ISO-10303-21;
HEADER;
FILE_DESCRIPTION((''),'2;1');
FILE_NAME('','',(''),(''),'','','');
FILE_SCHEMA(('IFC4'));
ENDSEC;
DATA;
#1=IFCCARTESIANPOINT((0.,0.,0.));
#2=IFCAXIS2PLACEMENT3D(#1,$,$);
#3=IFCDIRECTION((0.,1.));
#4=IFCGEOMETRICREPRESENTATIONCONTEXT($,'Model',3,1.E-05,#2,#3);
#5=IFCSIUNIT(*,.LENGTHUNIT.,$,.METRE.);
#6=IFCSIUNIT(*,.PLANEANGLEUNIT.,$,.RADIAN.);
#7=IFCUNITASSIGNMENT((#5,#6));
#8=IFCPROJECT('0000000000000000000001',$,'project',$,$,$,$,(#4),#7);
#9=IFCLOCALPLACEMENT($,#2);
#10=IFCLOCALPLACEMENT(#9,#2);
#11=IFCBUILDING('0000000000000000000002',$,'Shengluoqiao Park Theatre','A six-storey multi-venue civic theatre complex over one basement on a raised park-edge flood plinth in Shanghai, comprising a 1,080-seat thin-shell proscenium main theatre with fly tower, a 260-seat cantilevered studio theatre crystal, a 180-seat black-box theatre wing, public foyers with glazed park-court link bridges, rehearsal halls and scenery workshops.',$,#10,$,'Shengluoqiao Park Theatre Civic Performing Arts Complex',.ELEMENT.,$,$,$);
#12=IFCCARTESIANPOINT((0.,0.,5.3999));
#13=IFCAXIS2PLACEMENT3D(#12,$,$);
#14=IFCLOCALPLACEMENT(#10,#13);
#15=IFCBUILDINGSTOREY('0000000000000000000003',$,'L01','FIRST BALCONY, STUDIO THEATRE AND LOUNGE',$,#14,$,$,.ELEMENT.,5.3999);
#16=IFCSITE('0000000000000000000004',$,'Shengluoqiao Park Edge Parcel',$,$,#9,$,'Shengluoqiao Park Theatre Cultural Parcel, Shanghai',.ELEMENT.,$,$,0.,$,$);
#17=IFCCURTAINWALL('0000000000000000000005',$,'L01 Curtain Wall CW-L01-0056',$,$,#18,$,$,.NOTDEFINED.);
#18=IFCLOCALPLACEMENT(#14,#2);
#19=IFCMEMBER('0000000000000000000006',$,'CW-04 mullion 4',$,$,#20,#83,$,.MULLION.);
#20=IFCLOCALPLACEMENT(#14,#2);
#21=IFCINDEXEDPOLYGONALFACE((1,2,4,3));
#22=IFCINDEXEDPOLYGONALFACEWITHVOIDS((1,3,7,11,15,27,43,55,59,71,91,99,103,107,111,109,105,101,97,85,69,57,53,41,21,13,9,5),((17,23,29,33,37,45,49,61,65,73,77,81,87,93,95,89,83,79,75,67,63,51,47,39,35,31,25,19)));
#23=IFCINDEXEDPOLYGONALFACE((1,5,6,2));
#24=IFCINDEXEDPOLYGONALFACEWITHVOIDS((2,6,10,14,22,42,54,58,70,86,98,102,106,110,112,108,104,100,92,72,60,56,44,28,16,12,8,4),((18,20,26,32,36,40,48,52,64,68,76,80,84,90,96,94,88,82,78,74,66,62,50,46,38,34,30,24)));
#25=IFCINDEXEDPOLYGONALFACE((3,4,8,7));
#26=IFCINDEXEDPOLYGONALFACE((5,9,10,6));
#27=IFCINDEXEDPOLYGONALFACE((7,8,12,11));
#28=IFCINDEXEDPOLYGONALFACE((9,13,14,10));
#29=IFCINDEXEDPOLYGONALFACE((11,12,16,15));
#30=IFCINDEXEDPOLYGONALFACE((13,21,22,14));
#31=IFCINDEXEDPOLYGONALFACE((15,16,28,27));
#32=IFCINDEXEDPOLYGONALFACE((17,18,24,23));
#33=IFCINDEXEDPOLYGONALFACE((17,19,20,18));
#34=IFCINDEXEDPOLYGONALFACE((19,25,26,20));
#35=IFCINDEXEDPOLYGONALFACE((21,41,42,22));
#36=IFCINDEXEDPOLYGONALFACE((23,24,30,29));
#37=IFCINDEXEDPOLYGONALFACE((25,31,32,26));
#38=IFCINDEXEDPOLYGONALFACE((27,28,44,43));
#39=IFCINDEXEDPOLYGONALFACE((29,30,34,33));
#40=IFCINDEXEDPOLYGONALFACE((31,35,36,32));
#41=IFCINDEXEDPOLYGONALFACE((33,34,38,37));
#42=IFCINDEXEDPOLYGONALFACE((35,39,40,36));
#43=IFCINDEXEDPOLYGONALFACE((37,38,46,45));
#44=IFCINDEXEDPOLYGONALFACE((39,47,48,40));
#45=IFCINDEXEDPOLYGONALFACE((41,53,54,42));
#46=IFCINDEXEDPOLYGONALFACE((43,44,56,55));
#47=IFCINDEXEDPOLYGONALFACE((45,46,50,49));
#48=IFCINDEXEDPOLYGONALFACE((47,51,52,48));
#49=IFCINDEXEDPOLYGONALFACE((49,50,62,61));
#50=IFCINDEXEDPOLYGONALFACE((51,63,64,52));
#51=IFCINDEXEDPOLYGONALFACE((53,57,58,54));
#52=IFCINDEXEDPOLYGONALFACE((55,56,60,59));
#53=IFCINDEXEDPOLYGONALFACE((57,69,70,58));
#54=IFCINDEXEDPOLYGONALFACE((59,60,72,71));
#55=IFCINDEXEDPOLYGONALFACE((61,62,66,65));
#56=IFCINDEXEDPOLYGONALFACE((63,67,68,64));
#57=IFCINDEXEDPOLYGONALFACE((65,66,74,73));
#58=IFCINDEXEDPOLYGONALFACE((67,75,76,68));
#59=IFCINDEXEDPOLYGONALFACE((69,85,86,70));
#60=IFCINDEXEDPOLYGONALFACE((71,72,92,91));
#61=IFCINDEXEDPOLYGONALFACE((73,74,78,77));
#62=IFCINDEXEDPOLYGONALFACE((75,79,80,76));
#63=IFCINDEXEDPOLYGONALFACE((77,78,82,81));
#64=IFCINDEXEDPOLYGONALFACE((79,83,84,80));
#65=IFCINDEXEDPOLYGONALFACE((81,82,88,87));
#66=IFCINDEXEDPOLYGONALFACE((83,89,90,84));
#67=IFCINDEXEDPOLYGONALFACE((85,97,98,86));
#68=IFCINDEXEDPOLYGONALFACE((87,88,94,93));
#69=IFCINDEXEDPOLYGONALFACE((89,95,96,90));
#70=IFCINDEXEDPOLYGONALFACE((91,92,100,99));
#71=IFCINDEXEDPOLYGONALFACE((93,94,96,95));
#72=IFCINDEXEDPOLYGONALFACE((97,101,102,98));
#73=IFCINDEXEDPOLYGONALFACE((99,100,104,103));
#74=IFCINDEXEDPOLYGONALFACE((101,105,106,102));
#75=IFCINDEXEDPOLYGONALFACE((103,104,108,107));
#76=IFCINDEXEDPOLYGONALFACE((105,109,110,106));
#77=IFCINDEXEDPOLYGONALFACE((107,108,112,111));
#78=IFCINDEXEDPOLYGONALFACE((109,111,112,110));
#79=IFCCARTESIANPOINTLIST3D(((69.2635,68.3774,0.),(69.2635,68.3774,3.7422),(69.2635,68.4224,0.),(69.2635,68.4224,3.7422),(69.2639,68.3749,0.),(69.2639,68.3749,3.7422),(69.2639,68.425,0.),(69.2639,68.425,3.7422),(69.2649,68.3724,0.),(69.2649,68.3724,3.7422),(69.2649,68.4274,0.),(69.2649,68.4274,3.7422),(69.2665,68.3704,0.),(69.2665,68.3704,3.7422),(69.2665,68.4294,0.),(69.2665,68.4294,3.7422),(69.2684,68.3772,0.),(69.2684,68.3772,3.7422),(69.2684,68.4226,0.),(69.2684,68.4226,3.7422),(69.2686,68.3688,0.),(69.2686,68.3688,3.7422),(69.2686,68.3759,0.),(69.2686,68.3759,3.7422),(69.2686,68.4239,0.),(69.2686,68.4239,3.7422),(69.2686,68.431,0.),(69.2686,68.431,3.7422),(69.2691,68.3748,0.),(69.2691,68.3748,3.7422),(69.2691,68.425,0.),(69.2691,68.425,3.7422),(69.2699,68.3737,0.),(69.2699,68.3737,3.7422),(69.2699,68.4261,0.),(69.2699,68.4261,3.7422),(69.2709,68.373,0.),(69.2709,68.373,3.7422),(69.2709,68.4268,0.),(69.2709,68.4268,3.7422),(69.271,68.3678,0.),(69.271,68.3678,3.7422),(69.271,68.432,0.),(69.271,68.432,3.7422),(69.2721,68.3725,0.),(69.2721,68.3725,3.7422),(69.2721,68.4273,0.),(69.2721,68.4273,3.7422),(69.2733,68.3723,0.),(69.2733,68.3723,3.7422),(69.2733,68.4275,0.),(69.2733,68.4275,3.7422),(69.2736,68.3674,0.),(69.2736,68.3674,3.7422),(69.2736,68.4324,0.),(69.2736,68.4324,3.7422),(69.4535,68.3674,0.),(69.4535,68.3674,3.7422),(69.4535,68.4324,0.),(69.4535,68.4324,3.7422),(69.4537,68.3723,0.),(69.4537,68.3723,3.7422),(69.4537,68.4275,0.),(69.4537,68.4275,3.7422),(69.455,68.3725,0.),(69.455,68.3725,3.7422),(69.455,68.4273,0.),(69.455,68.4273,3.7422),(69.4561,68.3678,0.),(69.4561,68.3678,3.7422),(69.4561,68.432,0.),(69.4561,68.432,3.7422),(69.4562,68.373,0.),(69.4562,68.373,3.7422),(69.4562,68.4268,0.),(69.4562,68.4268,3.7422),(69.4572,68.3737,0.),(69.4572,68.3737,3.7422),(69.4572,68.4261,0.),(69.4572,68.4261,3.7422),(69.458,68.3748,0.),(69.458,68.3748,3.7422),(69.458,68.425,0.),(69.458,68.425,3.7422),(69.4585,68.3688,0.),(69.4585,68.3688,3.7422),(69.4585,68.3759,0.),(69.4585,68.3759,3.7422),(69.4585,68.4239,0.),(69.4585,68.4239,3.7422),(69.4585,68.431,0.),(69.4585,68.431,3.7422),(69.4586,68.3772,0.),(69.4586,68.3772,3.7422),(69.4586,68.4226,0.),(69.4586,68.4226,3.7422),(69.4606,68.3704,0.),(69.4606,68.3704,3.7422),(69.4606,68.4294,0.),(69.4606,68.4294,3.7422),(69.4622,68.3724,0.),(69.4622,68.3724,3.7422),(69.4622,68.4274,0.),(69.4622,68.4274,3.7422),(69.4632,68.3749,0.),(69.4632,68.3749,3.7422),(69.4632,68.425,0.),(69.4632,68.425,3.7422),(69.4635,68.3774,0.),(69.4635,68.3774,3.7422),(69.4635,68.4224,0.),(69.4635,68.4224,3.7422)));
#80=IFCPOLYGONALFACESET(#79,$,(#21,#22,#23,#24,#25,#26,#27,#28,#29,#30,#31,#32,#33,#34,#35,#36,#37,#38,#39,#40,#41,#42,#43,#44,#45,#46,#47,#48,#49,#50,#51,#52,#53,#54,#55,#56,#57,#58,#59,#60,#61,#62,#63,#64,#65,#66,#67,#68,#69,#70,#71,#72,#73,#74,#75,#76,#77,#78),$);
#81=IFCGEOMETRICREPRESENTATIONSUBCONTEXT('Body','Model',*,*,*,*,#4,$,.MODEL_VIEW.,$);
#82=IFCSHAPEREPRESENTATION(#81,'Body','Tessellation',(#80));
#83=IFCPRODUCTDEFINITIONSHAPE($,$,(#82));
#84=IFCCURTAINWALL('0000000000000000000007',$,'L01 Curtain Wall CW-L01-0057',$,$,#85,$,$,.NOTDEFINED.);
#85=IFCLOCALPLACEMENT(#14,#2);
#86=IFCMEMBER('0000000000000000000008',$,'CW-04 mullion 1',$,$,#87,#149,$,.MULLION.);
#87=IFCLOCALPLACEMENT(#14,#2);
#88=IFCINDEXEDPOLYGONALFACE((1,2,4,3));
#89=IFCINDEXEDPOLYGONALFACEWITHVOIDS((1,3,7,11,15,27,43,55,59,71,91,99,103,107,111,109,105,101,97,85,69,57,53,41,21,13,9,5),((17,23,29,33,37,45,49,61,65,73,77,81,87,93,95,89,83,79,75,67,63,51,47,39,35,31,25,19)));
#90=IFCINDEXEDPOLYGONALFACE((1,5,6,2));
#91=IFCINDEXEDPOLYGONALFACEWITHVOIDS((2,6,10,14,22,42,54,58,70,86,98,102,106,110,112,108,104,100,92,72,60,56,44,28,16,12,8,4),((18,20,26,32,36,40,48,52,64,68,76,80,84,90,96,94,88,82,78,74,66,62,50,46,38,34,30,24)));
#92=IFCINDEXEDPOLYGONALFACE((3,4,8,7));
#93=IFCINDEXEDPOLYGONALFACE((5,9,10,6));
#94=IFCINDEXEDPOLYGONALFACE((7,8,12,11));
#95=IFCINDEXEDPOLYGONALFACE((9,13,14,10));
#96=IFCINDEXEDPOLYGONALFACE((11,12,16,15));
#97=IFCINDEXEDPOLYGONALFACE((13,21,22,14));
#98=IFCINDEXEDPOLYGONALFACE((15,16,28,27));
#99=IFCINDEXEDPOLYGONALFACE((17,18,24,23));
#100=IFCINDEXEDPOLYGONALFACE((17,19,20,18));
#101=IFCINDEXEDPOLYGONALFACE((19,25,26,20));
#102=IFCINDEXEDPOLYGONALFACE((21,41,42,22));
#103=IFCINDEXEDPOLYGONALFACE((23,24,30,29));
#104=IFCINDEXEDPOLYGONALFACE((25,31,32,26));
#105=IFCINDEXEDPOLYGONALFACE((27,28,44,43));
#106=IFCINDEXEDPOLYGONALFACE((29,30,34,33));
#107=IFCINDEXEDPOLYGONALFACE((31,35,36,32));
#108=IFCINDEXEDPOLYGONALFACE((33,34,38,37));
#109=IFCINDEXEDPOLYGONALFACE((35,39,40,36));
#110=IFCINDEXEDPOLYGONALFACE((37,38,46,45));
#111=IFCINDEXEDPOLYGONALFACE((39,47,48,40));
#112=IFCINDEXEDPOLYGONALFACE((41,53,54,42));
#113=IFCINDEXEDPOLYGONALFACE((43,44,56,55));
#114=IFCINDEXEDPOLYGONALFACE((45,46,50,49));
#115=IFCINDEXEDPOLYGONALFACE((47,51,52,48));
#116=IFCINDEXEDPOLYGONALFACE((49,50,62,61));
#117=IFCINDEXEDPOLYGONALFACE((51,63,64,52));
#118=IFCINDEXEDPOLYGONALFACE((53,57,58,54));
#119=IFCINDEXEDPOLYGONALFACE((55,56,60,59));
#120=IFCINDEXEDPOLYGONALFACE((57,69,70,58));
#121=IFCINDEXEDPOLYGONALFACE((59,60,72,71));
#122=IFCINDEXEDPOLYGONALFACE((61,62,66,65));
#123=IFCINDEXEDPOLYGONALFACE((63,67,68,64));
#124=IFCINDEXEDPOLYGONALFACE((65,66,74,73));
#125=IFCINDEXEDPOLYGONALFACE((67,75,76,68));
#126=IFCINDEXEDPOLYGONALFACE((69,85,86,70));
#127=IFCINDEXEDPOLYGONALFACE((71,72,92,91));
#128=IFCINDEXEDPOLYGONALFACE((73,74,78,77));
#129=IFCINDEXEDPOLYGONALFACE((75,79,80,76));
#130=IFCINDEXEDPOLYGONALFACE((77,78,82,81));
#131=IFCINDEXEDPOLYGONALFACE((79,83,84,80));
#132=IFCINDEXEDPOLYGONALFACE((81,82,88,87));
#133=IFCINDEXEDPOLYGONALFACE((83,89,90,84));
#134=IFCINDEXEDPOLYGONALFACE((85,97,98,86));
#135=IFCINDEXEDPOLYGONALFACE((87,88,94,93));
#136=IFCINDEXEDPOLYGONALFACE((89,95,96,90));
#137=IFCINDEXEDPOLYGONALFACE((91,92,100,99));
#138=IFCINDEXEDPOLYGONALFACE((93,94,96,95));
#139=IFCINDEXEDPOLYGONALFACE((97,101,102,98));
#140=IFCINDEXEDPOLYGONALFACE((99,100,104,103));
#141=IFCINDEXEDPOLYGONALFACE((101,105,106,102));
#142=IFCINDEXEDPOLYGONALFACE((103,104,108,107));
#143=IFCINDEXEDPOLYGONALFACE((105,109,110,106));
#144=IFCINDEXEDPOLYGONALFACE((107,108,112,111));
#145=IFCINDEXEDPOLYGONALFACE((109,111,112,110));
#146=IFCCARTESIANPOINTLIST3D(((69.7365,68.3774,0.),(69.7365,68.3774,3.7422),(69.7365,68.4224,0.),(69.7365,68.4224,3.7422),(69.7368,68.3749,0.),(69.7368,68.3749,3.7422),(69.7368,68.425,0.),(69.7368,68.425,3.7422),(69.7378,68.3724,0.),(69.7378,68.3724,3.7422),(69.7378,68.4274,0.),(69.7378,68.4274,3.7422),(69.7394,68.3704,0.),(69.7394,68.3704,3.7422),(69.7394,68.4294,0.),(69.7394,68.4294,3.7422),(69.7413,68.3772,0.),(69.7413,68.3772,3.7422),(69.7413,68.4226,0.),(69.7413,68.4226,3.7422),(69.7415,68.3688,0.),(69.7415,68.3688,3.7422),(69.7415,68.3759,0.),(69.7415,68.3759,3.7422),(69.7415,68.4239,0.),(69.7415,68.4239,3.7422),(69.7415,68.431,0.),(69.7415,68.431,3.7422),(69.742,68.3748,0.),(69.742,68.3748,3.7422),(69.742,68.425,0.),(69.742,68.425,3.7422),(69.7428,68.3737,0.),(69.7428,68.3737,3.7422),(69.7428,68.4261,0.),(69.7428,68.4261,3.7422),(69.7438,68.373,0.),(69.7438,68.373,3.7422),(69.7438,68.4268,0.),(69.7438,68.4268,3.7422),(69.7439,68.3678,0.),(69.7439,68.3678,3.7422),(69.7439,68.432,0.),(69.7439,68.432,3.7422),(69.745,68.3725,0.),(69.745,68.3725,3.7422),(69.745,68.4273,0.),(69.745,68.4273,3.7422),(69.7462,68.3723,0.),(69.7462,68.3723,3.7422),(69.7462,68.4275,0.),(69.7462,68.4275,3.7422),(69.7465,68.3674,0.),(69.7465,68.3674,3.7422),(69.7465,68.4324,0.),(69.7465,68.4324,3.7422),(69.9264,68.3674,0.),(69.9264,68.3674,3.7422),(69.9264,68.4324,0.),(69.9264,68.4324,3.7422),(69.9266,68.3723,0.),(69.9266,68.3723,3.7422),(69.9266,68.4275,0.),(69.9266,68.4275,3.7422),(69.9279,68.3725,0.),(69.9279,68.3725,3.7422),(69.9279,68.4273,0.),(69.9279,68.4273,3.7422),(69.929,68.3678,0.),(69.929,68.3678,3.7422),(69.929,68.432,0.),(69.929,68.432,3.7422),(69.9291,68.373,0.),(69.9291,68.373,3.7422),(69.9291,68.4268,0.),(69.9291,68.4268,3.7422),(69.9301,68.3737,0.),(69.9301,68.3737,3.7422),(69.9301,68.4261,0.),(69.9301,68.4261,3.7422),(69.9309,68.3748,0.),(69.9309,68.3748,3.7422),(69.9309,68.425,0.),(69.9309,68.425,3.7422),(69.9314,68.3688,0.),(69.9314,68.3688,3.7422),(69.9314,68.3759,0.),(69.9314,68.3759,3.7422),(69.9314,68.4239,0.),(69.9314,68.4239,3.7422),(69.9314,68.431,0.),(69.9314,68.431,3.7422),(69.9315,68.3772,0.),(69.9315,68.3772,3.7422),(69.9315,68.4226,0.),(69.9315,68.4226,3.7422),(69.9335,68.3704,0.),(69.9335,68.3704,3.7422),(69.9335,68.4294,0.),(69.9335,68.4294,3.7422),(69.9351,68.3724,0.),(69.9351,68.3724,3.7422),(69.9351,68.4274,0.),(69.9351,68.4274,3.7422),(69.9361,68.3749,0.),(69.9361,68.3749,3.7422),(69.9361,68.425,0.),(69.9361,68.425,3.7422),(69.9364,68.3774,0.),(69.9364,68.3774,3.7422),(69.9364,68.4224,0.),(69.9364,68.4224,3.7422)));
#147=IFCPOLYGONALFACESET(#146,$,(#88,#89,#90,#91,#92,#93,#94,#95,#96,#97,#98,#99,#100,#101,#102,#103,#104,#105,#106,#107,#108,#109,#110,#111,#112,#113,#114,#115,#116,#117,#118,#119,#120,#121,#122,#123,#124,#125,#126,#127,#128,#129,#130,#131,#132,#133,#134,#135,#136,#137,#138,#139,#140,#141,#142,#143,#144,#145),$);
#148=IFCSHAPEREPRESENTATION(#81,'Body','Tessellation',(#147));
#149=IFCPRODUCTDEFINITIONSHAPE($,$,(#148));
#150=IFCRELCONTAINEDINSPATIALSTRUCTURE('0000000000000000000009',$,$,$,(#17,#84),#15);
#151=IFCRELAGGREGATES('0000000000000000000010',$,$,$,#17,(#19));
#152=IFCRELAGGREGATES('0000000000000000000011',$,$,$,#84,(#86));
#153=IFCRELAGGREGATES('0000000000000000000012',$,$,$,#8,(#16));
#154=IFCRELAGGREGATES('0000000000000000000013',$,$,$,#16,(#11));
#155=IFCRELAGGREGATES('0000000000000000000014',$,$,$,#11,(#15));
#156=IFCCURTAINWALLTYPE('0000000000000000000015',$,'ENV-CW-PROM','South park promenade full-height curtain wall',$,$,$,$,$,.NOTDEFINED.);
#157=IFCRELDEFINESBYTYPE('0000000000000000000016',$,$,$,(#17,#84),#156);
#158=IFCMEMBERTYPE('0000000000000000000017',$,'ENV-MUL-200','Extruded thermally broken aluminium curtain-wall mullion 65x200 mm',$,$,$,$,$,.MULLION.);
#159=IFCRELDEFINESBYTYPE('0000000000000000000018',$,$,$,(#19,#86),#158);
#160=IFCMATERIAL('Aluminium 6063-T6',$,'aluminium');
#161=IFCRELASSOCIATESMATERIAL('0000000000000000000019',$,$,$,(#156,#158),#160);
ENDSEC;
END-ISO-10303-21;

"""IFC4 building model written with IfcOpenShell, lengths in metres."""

from ifc_helpers import new_model, si_unit, direction, frame, origin, origin_2d, place, context, subcontext, project, spatial, hollow_rectangle, extrude, material, material_profile, profile_set, type_object, element, aggregate, save


model = new_model("IFC4")

# Units and contexts
model_context = context("Model", 3, precision=1e-05, world=origin(), true_north=direction((0.0, 1.0)))
body_context = subcontext(model_context, "Body", "Model", "MODEL_VIEW")
ifc_project = project(units=[si_unit("LENGTHUNIT", "METRE"), si_unit("PLANEANGLEUNIT", "RADIAN")], contexts=[model_context])

# Site, building, storey
site_placement = place(None, origin())
site = spatial("IfcSite", under=ifc_project, at=site_placement, Name="Shengluoqiao Park Edge Parcel", LongName="Shengluoqiao Park Theatre Cultural Parcel, Shanghai", CompositionType="ELEMENT", RefElevation=0.0)
building_placement = place(site_placement, origin())
building = spatial("IfcBuilding", under=site, at=building_placement, Name="Shengluoqiao Park Theatre", Description="A six-storey multi-venue civic theatre complex over one basement on a raised park-edge flood plinth in Shanghai, comprising a 1,080-seat thin-shell proscenium main theatre with fly tower, a 260-seat cantilevered studio theatre crystal, a 180-seat black-box theatre wing, public foyers with glazed park-court link bridges, rehearsal halls and scenery workshops.", LongName="Shengluoqiao Park Theatre Civic Performing Arts Complex", CompositionType="ELEMENT")
storey_placement = place(building_placement, frame((0.0, 0.0, 5.3999)))
storey = spatial("IfcBuildingStorey", under=building, at=storey_placement, Name="L01", Description="FIRST BALCONY, STUDIO THEATRE AND LOUNGE", CompositionType="ELEMENT", Elevation=5.3999)

# Shared definitions
ifc_material_1 = material(Name="Aluminium 6063-T6", Category="aluminium")

# Curtain wall, member
curtain_wall_type_1 = type_object("IfcCurtainWallType", Name="ENV-CW-PROM", Description="South park promenade full-height curtain wall", PredefinedType="NOTDEFINED", material=ifc_material_1)
curtain_wall_1_placement = place(storey_placement, origin())
curtain_wall_1 = element("IfcCurtainWall", 1, at=curtain_wall_1_placement, inside=storey, type_object=curtain_wall_type_1, Name="L01 Curtain Wall CW-L01-0056", PredefinedType="NOTDEFINED")
ifc_material_profile_1 = material_profile(ifc_material_1, hollow_rectangle(XDim=0.0649, YDim=0.2, WallThickness=0.0049, InnerFilletRadius=0.0049, OuterFilletRadius=0.01, at=origin_2d()), Name="ALU MULLION 200x65x5")
ifc_profile_set_1 = profile_set([ifc_material_profile_1], Name="Aluminium 6063-T6")
member_type_1 = type_object("IfcMemberType", Name="ENV-MUL-200", Description="Extruded thermally broken aluminium curtain-wall mullion 65x200 mm", PredefinedType="MULLION", material=ifc_profile_set_1)
member_1_placement = place(storey_placement, frame((69.3635, 68.3999, 0.0), z_axis=(0.0, 0.0, 1.0), x_axis=(0.0, 1.0, 0.0)))
member_1 = element("IfcMember", 2, at=member_1_placement, type_object=member_type_1, Name="CW-04 mullion 4", PredefinedType="MULLION", context=body_context, shape_type="SweptSolid", body=[
    extrude(hollow_rectangle(XDim=0.0649, YDim=0.2, WallThickness=0.0049, InnerFilletRadius=0.0049, OuterFilletRadius=0.01, at=origin_2d()), origin(), (0.0, 0.0, 1.0), 3.7422),
])

# Curtain wall, member
curtain_wall_2_placement = place(storey_placement, origin())
curtain_wall_2 = element("IfcCurtainWall", 3, at=curtain_wall_2_placement, inside=storey, type_object=curtain_wall_type_1, Name="L01 Curtain Wall CW-L01-0057", PredefinedType="NOTDEFINED")
member_2_placement = place(storey_placement, frame((69.8364, 68.3999, 0.0), z_axis=(0.0, 0.0, 1.0), x_axis=(0.0, 1.0, 0.0)))
member_2 = element("IfcMember", 4, at=member_2_placement, type_object=member_type_1, Name="CW-04 mullion 1", PredefinedType="MULLION", context=body_context, shape_type="SweptSolid", body=[
    extrude(hollow_rectangle(XDim=0.0649, YDim=0.2, WallThickness=0.0049, InnerFilletRadius=0.0049, OuterFilletRadius=0.01, at=origin_2d()), origin(), (0.0, 0.0, 1.0), 3.7422),
])

aggregate(curtain_wall_1, [member_1])
aggregate(curtain_wall_2, [member_2])

save(model, "model.ifc")
